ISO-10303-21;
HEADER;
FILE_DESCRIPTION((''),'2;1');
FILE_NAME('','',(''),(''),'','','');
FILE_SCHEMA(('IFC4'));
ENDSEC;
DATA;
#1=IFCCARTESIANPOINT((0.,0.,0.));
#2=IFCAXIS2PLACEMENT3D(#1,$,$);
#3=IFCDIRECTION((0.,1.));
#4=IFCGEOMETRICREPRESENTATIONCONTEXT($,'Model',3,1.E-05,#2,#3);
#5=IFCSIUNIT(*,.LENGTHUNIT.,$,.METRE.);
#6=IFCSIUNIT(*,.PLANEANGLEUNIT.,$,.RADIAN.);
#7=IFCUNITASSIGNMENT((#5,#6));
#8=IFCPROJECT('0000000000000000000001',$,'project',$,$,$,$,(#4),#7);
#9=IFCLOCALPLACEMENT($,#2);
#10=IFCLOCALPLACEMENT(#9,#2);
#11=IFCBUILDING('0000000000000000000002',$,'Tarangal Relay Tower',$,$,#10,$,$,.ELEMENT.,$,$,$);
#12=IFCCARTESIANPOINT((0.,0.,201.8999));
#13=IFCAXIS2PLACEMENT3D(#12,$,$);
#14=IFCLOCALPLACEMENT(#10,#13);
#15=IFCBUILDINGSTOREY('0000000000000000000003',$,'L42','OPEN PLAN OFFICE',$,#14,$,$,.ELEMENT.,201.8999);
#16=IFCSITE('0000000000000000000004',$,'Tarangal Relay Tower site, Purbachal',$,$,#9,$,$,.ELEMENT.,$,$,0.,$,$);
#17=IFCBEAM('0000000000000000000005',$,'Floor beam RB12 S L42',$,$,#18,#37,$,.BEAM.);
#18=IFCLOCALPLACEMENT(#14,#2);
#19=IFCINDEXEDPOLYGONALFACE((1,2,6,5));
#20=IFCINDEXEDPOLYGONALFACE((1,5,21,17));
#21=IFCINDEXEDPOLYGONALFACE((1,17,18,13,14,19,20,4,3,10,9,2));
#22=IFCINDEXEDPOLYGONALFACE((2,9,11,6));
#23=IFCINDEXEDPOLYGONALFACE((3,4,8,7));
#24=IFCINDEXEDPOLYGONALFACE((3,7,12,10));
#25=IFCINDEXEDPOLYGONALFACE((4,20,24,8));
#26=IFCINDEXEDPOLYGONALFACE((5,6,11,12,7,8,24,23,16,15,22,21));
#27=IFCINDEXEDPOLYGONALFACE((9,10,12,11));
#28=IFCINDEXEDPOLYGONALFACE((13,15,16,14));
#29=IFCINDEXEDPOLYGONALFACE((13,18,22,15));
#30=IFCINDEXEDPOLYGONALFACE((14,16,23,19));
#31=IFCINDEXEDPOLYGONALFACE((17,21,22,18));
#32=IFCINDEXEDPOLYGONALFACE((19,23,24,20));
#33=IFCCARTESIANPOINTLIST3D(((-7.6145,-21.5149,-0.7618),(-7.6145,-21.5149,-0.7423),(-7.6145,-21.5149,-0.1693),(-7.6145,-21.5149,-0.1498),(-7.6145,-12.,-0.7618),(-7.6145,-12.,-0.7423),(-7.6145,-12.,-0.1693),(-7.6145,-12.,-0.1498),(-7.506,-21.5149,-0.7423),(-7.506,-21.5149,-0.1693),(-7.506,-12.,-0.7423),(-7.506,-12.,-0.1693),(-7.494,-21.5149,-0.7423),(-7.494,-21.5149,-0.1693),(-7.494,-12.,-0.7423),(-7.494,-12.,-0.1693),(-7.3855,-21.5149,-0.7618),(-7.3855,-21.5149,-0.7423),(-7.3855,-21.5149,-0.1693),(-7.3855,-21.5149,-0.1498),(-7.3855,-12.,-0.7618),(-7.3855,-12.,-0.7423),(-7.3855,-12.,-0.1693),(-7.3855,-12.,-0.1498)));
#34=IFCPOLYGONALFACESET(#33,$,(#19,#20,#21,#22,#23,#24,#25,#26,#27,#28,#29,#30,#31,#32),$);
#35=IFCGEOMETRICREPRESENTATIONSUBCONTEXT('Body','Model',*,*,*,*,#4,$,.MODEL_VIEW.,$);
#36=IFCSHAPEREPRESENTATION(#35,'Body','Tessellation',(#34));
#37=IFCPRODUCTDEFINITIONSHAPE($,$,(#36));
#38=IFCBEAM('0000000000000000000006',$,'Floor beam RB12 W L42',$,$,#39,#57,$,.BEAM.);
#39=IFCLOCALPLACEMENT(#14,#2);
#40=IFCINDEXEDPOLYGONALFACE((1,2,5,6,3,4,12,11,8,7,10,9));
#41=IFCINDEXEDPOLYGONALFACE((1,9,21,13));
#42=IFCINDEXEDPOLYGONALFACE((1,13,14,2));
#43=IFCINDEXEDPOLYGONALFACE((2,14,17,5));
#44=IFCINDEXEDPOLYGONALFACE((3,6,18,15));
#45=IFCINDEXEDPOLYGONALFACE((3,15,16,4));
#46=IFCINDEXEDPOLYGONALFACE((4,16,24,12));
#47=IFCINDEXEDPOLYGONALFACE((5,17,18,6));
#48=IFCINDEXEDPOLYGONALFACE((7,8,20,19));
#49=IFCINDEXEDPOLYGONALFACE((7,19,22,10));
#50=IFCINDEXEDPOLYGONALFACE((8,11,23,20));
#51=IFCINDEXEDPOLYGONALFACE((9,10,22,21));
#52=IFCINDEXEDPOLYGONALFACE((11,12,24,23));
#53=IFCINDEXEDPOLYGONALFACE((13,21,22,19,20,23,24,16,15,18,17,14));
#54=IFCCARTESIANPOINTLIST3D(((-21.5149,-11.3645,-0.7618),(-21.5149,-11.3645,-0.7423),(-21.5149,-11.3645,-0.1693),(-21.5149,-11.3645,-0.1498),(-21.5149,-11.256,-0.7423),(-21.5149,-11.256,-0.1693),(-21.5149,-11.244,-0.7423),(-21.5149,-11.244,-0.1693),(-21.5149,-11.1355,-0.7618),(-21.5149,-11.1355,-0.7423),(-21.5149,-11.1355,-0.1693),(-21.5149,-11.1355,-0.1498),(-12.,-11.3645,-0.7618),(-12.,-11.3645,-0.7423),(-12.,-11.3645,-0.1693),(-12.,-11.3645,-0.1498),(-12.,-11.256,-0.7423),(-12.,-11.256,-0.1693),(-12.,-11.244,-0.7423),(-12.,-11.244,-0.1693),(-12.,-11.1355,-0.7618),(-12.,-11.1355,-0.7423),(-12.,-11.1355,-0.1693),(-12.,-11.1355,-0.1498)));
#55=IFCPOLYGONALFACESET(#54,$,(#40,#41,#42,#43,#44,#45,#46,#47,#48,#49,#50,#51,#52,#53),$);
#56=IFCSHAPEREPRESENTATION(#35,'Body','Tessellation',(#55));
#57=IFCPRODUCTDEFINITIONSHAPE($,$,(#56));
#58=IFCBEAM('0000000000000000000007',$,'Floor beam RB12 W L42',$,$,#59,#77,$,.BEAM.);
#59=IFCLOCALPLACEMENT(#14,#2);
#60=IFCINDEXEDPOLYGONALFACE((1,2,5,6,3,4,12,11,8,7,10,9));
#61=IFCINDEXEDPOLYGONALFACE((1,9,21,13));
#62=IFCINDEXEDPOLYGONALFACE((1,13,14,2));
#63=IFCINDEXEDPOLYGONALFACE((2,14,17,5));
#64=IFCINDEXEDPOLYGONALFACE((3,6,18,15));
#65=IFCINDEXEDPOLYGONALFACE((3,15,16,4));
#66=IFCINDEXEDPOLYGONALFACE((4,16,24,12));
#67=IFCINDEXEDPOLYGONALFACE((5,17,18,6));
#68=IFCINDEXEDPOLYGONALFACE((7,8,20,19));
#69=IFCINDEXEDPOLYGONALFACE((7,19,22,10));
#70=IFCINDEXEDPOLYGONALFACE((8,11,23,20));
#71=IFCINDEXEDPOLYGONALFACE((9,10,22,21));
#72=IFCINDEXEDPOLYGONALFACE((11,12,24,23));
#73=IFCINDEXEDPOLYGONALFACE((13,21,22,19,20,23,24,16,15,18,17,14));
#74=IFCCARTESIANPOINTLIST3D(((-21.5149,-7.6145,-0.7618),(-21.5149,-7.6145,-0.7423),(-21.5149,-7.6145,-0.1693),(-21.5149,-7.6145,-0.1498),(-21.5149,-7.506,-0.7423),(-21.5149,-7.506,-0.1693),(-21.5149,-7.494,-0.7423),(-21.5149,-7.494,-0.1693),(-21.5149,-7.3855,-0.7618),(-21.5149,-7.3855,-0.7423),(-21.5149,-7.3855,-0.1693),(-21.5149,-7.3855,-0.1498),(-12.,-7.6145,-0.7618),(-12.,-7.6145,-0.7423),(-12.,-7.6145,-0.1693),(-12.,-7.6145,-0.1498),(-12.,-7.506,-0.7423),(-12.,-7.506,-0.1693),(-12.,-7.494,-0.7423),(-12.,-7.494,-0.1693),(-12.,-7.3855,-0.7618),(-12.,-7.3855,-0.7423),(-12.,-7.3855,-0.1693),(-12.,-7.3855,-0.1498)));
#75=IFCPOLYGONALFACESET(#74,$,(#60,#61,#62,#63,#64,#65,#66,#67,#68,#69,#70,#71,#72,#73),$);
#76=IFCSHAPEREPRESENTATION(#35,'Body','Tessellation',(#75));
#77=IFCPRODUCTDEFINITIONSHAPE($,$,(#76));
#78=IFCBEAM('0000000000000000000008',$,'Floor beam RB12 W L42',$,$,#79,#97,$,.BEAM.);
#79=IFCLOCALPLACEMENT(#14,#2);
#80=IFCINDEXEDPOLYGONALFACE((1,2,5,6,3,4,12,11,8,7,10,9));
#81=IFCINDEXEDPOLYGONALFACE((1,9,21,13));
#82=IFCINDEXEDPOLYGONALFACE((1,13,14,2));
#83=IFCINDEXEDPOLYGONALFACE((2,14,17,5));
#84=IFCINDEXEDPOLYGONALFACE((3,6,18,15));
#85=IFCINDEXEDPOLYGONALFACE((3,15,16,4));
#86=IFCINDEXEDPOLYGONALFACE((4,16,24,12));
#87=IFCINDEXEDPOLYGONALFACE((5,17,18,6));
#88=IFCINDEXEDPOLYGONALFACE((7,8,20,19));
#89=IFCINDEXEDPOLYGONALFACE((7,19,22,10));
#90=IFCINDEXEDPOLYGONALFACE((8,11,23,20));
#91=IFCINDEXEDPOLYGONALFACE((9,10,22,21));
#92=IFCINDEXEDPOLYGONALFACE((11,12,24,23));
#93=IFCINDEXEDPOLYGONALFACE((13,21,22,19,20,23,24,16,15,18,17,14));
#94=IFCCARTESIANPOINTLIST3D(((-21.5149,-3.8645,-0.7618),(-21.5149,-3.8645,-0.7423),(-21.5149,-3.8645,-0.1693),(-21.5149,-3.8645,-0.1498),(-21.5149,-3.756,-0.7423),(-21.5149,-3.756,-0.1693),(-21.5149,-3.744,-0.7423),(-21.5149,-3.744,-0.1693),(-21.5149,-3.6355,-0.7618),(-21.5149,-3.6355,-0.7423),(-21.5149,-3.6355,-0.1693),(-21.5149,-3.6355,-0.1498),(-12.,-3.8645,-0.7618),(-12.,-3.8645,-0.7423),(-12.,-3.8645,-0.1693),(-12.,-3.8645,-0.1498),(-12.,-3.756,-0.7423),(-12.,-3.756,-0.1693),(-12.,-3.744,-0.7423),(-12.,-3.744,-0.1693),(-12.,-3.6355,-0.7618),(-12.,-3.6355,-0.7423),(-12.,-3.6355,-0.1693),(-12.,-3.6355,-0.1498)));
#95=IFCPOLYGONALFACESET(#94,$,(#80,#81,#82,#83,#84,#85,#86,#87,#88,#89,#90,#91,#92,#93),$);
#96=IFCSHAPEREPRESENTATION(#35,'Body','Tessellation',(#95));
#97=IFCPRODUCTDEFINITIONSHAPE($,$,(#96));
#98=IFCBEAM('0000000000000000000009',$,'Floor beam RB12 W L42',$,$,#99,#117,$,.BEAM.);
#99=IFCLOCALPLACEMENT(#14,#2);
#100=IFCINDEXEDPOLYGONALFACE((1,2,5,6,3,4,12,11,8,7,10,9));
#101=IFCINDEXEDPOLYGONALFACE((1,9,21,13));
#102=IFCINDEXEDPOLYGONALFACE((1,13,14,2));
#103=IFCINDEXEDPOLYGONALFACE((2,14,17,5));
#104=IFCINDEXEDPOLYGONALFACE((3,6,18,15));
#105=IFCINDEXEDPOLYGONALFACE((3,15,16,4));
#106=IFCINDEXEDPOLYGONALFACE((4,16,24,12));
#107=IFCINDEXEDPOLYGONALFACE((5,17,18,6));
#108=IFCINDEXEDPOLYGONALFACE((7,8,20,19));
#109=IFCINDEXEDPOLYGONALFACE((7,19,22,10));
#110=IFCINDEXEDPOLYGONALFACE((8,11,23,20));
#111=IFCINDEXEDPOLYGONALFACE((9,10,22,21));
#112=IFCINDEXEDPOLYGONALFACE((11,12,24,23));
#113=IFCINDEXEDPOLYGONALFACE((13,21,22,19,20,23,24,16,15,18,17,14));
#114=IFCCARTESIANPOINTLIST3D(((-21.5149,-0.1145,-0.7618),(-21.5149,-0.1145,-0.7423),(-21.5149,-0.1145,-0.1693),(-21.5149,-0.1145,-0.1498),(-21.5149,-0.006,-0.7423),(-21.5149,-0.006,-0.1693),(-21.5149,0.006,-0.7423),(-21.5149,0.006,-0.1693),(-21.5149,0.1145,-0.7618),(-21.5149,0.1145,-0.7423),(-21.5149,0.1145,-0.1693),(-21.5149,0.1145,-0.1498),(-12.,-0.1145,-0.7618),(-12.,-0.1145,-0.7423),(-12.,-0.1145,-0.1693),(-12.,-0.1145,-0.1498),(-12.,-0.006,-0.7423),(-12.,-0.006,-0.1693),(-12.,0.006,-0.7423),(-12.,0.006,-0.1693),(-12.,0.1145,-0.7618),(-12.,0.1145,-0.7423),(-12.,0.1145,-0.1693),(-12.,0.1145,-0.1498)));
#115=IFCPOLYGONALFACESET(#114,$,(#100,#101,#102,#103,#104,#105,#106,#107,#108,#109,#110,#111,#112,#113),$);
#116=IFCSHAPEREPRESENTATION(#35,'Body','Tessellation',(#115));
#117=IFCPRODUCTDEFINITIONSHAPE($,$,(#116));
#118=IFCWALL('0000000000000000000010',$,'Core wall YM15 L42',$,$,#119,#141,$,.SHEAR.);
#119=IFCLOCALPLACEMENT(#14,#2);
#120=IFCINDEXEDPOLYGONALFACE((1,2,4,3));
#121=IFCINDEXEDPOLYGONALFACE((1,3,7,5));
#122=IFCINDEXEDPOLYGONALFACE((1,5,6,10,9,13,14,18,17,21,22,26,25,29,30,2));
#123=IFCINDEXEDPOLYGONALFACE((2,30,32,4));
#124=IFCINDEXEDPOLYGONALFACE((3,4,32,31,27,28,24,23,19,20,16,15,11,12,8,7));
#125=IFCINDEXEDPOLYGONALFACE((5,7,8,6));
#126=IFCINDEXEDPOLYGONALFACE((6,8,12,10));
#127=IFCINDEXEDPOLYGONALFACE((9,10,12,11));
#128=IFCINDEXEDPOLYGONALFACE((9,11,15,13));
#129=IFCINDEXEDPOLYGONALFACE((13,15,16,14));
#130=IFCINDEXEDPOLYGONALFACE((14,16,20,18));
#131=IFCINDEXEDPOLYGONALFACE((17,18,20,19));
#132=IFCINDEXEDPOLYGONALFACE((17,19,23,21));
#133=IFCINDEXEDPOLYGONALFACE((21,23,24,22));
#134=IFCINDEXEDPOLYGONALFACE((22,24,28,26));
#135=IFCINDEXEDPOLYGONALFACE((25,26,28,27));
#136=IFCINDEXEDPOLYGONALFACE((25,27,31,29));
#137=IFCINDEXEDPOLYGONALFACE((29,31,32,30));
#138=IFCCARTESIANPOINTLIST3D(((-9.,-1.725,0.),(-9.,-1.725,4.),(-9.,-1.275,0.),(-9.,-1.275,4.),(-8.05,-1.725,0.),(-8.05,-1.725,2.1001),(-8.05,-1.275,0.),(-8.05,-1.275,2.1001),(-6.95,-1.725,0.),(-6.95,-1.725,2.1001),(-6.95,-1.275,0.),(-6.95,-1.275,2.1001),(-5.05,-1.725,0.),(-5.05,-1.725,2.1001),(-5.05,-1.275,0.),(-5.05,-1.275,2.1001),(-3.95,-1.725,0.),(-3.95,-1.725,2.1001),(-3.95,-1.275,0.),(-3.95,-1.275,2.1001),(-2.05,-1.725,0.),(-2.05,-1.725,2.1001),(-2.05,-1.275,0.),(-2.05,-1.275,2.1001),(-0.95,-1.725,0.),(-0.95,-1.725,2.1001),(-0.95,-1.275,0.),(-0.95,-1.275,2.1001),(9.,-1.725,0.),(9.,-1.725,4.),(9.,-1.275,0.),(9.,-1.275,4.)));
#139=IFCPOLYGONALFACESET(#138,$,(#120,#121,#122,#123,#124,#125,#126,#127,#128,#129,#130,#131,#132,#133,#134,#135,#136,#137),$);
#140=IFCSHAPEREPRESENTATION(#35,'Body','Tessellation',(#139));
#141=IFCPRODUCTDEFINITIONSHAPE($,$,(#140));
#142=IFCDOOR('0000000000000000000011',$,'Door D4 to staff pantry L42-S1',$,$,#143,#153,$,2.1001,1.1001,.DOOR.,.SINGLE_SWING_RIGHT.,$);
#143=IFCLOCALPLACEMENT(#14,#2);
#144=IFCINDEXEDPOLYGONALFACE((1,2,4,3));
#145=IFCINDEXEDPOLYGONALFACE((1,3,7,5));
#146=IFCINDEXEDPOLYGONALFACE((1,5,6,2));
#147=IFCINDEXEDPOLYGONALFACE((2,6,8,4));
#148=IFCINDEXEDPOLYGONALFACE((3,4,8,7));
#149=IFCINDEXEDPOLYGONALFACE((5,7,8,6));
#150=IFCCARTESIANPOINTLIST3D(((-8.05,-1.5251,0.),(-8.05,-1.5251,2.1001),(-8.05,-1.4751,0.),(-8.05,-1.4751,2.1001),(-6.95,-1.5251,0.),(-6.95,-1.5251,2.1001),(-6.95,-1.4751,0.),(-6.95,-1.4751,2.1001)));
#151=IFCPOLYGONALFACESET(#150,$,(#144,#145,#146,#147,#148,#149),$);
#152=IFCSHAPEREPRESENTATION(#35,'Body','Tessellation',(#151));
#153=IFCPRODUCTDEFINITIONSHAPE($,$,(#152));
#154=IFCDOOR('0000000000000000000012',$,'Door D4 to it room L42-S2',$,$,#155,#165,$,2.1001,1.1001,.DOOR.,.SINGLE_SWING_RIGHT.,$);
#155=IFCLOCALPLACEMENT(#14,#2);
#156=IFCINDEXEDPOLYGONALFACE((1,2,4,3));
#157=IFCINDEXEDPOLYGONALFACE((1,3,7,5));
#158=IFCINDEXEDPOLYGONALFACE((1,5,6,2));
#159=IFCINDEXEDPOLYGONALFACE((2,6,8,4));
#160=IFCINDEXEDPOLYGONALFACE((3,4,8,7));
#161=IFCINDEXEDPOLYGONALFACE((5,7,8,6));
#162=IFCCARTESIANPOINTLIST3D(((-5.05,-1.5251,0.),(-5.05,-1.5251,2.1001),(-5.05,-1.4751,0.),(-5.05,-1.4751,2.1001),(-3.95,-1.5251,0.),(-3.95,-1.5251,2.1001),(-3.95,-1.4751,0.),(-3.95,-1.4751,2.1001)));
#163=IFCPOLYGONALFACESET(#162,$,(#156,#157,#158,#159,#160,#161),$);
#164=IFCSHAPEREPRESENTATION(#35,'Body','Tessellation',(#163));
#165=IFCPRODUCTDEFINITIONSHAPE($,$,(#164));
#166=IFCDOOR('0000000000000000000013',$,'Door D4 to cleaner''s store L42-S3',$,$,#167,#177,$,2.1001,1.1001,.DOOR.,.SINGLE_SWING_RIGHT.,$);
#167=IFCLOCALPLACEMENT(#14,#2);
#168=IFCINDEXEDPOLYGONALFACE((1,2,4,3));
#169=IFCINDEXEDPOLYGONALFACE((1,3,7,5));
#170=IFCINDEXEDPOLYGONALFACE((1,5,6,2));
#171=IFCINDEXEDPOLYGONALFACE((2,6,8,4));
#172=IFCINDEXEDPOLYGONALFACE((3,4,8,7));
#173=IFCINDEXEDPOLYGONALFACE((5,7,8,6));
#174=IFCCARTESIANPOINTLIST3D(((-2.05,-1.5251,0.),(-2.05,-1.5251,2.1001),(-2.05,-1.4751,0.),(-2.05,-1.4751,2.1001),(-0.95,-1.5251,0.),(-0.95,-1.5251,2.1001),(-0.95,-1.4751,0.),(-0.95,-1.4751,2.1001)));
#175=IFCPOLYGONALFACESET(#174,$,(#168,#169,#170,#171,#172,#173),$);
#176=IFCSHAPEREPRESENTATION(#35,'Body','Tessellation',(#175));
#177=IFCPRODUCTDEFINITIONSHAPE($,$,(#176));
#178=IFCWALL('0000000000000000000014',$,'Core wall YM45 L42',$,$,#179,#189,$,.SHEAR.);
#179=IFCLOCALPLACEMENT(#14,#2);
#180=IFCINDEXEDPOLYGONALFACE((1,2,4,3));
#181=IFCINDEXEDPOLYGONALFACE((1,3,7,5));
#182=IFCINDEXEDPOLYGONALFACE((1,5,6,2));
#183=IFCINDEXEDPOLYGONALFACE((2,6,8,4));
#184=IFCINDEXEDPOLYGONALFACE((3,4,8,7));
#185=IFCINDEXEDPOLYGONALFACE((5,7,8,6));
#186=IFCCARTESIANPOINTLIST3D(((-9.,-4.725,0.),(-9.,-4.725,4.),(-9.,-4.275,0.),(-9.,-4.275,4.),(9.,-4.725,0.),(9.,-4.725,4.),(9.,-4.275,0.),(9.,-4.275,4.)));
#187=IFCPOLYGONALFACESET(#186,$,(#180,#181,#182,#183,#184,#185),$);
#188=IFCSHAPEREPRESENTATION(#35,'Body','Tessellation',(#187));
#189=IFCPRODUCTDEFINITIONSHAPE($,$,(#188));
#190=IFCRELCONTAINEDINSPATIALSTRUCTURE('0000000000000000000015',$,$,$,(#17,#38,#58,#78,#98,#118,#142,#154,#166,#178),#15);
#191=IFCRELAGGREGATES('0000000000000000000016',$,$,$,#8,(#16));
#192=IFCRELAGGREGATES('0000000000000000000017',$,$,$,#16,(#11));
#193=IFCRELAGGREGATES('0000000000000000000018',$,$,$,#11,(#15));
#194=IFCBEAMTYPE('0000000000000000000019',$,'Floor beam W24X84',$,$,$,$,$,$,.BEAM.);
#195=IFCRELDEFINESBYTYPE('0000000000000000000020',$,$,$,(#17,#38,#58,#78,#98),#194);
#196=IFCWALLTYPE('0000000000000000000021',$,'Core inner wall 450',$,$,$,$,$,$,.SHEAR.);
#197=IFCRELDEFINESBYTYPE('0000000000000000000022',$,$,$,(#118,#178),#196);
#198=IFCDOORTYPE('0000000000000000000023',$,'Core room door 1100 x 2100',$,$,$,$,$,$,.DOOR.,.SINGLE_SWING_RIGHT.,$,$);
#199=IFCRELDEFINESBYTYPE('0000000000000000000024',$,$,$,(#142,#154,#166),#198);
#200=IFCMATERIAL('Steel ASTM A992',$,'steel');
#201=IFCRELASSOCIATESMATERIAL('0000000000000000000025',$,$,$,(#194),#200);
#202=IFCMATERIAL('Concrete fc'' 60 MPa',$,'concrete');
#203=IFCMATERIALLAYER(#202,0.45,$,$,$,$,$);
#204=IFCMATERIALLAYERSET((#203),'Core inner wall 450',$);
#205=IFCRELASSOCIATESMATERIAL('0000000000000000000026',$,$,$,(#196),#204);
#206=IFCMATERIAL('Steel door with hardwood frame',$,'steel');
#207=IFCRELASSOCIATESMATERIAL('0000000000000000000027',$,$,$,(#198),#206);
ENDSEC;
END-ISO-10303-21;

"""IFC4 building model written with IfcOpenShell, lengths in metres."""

from ifc_helpers import new_model, si_unit, direction, frame, frame_2d, origin, origin_2d, place, context, subcontext, project, spatial, rectangle, i_section, extrude, material, layer, layer_set, material_profile, profile_set, type_object, element, fill, save


model = new_model("IFC4")

# Units and contexts
model_context = context("Model", 3, precision=1e-05, world=origin(), true_north=direction((0.0, 1.0)))
body_context = subcontext(model_context, "Body", "Model", "MODEL_VIEW")
ifc_project = project(units=[si_unit("LENGTHUNIT", "METRE"), si_unit("PLANEANGLEUNIT", "RADIAN")], contexts=[model_context])

# Site, building, storey
site_placement = place(None, origin())
site = spatial("IfcSite", under=ifc_project, at=site_placement, Name="Tarangal Relay Tower site, Purbachal", CompositionType="ELEMENT", RefElevation=0.0)
building_placement = place(site_placement, origin())
building = spatial("IfcBuilding", under=site, at=building_placement, Name="Tarangal Relay Tower", CompositionType="ELEMENT")
storey_placement = place(building_placement, frame((0.0, 0.0, 201.8999)))
storey = spatial("IfcBuildingStorey", under=building, at=storey_placement, Name="L42", Description="OPEN PLAN OFFICE", CompositionType="ELEMENT", Elevation=201.8999)

# Beams
ifc_material_1 = material(Name="Steel ASTM A992", Category="steel")
ifc_material_profile = material_profile(ifc_material_1, i_section(OverallWidth=0.229, OverallDepth=0.6121, WebThickness=0.012, FlangeThickness=0.0195, at=origin_2d()), Name="W24X84")
ifc_profile_set = profile_set([ifc_material_profile], Name="Steel ASTM A992")
beam_type = type_object("IfcBeamType", Name="Floor beam W24X84", PredefinedType="BEAM", material=ifc_profile_set)
for number, where, z_axis, x_axis, name in (
    (1, (-7.5, -12.0, -0.4558), (0.0, -1.0, 0.0), (1.0, 0.0, 0.0), "Floor beam RB12 S L42"),
    (2, (-12.0, -11.25, -0.4558), (-1.0, 0.0, 0.0), (0.0, -1.0, 0.0), "Floor beam RB12 W L42"),
    (3, (-12.0, -7.5, -0.4558), (-1.0, 0.0, 0.0), (0.0, -1.0, 0.0), "Floor beam RB12 W L42"),
    (4, (-12.0, -3.75, -0.4558), (-1.0, 0.0, 0.0), (0.0, -1.0, 0.0), "Floor beam RB12 W L42"),
    (5, (-12.0, 0.0, -0.4558), (-1.0, 0.0, 0.0), (0.0, -1.0, 0.0), "Floor beam RB12 W L42"),
):
    element("IfcBeam", number, at=place(storey_placement, frame(where, z_axis=z_axis, x_axis=x_axis)), inside=storey, type_object=beam_type, Name=name, PredefinedType="BEAM", context=body_context, shape_type="SweptSolid", body=[
        extrude(i_section(OverallWidth=0.229, OverallDepth=0.6121, WebThickness=0.012, FlangeThickness=0.0195, at=origin_2d()), origin(), (0.0, 0.0, 1.0), 9.5149),
    ])

# Wall, openings, doors
ifc_material_2 = material(Name="Concrete fc' 60 MPa", Category="concrete")
ifc_layer_1 = layer(ifc_material_2, 0.45)
ifc_layer_set_1 = layer_set([ifc_layer_1], Name="Core inner wall 450")
wall_type_1 = type_object("IfcWallType", Name="Core inner wall 450", PredefinedType="SHEAR", material=ifc_layer_set_1)
wall_1_placement = place(storey_placement, frame((-9.0, -1.5, 0.0), z_axis=(0.0, 0.0, 1.0), x_axis=(1.0, 0.0, 0.0)))
wall_1 = element("IfcWall", 6, at=wall_1_placement, inside=storey, type_object=wall_type_1, Name="Core wall YM15 L42", PredefinedType="SHEAR", context=body_context, shape_type="SweptSolid", body=[
    extrude(rectangle(XDim=18.0, YDim=0.45, at=frame_2d((9.0, 0.0))), origin(), (0.0, 0.0, 1.0), 4.0),
])
opening_1_placement = place(wall_1_placement, frame((0.95, 0.0, 0.0)))
opening_1 = element("IfcOpeningElement", 7, at=opening_1_placement, cuts=wall_1, PredefinedType="OPENING", context=body_context, shape_type="SweptSolid", body=[
    extrude(rectangle(XDim=1.1001, YDim=2.1001, at=frame_2d((0.55, 1.05))), frame((0.0, 0.2349, 0.0), z_axis=(0.0, -1.0, 0.0), x_axis=(1.0, 0.0, 0.0)), (0.0, 0.0, 1.0), 0.47),
])
opening_2_placement = place(wall_1_placement, frame((3.95, 0.0, 0.0)))
opening_2 = element("IfcOpeningElement", 8, at=opening_2_placement, cuts=wall_1, PredefinedType="OPENING", context=body_context, shape_type="SweptSolid", body=[
    extrude(rectangle(XDim=1.1001, YDim=2.1001, at=frame_2d((0.55, 1.05))), frame((0.0, 0.2349, 0.0), z_axis=(0.0, -1.0, 0.0), x_axis=(1.0, 0.0, 0.0)), (0.0, 0.0, 1.0), 0.47),
])
opening_3_placement = place(wall_1_placement, frame((6.95, 0.0, 0.0)))
opening_3 = element("IfcOpeningElement", 9, at=opening_3_placement, cuts=wall_1, PredefinedType="OPENING", context=body_context, shape_type="SweptSolid", body=[
    extrude(rectangle(XDim=1.1001, YDim=2.1001, at=frame_2d((0.55, 1.05))), frame((0.0, 0.2349, 0.0), z_axis=(0.0, -1.0, 0.0), x_axis=(1.0, 0.0, 0.0)), (0.0, 0.0, 1.0), 0.47),
])
ifc_material_3 = material(Name="Steel door with hardwood frame", Category="steel")
door_type_1 = type_object("IfcDoorType", Name="Core room door 1100 x 2100", OperationType="SINGLE_SWING_RIGHT", PredefinedType="DOOR", material=ifc_material_3)
door_1_placement = place(opening_1_placement, origin())
door_1 = element("IfcDoor", 10, at=door_1_placement, inside=storey, type_object=door_type_1, Name="Door D4 to staff pantry L42-S1", OperationType="SINGLE_SWING_RIGHT", OverallHeight=2.1001, OverallWidth=1.1001, PredefinedType="DOOR", context=body_context, shape_type="SweptSolid", body=[
    extrude(rectangle(XDim=1.1001, YDim=2.1001, at=frame_2d((0.55, 1.05))), frame((0.0, 0.0249, 0.0), z_axis=(0.0, -1.0, 0.0), x_axis=(1.0, 0.0, 0.0)), (0.0, 0.0, 1.0), 0.05),
])
fill(opening_1, door_1)
door_2_placement = place(opening_2_placement, origin())
door_2 = element("IfcDoor", 11, at=door_2_placement, inside=storey, type_object=door_type_1, Name="Door D4 to it room L42-S2", OperationType="SINGLE_SWING_RIGHT", OverallHeight=2.1001, OverallWidth=1.1001, PredefinedType="DOOR", context=body_context, shape_type="SweptSolid", body=[
    extrude(rectangle(XDim=1.1001, YDim=2.1001, at=frame_2d((0.55, 1.05))), frame((0.0, 0.0249, 0.0), z_axis=(0.0, -1.0, 0.0), x_axis=(1.0, 0.0, 0.0)), (0.0, 0.0, 1.0), 0.05),
])
fill(opening_2, door_2)
door_3_placement = place(opening_3_placement, origin())
door_3 = element("IfcDoor", 12, at=door_3_placement, inside=storey, type_object=door_type_1, Name="Door D4 to cleaner's store L42-S3", OperationType="SINGLE_SWING_RIGHT", OverallHeight=2.1001, OverallWidth=1.1001, PredefinedType="DOOR", context=body_context, shape_type="SweptSolid", body=[
    extrude(rectangle(XDim=1.1001, YDim=2.1001, at=frame_2d((0.55, 1.05))), frame((0.0, 0.0249, 0.0), z_axis=(0.0, -1.0, 0.0), x_axis=(1.0, 0.0, 0.0)), (0.0, 0.0, 1.0), 0.05),
])
fill(opening_3, door_3)

# Wall
wall_2_placement = place(storey_placement, frame((-9.0, -4.5, 0.0), z_axis=(0.0, 0.0, 1.0), x_axis=(1.0, 0.0, 0.0)))
element("IfcWall", 13, at=wall_2_placement, inside=storey, type_object=wall_type_1, Name="Core wall YM45 L42", PredefinedType="SHEAR", context=body_context, shape_type="SweptSolid", body=[
    extrude(rectangle(XDim=18.0, YDim=0.45, at=frame_2d((9.0, 0.0))), origin(), (0.0, 0.0, 1.0), 4.0),
])

save(model, "model.ifc")
